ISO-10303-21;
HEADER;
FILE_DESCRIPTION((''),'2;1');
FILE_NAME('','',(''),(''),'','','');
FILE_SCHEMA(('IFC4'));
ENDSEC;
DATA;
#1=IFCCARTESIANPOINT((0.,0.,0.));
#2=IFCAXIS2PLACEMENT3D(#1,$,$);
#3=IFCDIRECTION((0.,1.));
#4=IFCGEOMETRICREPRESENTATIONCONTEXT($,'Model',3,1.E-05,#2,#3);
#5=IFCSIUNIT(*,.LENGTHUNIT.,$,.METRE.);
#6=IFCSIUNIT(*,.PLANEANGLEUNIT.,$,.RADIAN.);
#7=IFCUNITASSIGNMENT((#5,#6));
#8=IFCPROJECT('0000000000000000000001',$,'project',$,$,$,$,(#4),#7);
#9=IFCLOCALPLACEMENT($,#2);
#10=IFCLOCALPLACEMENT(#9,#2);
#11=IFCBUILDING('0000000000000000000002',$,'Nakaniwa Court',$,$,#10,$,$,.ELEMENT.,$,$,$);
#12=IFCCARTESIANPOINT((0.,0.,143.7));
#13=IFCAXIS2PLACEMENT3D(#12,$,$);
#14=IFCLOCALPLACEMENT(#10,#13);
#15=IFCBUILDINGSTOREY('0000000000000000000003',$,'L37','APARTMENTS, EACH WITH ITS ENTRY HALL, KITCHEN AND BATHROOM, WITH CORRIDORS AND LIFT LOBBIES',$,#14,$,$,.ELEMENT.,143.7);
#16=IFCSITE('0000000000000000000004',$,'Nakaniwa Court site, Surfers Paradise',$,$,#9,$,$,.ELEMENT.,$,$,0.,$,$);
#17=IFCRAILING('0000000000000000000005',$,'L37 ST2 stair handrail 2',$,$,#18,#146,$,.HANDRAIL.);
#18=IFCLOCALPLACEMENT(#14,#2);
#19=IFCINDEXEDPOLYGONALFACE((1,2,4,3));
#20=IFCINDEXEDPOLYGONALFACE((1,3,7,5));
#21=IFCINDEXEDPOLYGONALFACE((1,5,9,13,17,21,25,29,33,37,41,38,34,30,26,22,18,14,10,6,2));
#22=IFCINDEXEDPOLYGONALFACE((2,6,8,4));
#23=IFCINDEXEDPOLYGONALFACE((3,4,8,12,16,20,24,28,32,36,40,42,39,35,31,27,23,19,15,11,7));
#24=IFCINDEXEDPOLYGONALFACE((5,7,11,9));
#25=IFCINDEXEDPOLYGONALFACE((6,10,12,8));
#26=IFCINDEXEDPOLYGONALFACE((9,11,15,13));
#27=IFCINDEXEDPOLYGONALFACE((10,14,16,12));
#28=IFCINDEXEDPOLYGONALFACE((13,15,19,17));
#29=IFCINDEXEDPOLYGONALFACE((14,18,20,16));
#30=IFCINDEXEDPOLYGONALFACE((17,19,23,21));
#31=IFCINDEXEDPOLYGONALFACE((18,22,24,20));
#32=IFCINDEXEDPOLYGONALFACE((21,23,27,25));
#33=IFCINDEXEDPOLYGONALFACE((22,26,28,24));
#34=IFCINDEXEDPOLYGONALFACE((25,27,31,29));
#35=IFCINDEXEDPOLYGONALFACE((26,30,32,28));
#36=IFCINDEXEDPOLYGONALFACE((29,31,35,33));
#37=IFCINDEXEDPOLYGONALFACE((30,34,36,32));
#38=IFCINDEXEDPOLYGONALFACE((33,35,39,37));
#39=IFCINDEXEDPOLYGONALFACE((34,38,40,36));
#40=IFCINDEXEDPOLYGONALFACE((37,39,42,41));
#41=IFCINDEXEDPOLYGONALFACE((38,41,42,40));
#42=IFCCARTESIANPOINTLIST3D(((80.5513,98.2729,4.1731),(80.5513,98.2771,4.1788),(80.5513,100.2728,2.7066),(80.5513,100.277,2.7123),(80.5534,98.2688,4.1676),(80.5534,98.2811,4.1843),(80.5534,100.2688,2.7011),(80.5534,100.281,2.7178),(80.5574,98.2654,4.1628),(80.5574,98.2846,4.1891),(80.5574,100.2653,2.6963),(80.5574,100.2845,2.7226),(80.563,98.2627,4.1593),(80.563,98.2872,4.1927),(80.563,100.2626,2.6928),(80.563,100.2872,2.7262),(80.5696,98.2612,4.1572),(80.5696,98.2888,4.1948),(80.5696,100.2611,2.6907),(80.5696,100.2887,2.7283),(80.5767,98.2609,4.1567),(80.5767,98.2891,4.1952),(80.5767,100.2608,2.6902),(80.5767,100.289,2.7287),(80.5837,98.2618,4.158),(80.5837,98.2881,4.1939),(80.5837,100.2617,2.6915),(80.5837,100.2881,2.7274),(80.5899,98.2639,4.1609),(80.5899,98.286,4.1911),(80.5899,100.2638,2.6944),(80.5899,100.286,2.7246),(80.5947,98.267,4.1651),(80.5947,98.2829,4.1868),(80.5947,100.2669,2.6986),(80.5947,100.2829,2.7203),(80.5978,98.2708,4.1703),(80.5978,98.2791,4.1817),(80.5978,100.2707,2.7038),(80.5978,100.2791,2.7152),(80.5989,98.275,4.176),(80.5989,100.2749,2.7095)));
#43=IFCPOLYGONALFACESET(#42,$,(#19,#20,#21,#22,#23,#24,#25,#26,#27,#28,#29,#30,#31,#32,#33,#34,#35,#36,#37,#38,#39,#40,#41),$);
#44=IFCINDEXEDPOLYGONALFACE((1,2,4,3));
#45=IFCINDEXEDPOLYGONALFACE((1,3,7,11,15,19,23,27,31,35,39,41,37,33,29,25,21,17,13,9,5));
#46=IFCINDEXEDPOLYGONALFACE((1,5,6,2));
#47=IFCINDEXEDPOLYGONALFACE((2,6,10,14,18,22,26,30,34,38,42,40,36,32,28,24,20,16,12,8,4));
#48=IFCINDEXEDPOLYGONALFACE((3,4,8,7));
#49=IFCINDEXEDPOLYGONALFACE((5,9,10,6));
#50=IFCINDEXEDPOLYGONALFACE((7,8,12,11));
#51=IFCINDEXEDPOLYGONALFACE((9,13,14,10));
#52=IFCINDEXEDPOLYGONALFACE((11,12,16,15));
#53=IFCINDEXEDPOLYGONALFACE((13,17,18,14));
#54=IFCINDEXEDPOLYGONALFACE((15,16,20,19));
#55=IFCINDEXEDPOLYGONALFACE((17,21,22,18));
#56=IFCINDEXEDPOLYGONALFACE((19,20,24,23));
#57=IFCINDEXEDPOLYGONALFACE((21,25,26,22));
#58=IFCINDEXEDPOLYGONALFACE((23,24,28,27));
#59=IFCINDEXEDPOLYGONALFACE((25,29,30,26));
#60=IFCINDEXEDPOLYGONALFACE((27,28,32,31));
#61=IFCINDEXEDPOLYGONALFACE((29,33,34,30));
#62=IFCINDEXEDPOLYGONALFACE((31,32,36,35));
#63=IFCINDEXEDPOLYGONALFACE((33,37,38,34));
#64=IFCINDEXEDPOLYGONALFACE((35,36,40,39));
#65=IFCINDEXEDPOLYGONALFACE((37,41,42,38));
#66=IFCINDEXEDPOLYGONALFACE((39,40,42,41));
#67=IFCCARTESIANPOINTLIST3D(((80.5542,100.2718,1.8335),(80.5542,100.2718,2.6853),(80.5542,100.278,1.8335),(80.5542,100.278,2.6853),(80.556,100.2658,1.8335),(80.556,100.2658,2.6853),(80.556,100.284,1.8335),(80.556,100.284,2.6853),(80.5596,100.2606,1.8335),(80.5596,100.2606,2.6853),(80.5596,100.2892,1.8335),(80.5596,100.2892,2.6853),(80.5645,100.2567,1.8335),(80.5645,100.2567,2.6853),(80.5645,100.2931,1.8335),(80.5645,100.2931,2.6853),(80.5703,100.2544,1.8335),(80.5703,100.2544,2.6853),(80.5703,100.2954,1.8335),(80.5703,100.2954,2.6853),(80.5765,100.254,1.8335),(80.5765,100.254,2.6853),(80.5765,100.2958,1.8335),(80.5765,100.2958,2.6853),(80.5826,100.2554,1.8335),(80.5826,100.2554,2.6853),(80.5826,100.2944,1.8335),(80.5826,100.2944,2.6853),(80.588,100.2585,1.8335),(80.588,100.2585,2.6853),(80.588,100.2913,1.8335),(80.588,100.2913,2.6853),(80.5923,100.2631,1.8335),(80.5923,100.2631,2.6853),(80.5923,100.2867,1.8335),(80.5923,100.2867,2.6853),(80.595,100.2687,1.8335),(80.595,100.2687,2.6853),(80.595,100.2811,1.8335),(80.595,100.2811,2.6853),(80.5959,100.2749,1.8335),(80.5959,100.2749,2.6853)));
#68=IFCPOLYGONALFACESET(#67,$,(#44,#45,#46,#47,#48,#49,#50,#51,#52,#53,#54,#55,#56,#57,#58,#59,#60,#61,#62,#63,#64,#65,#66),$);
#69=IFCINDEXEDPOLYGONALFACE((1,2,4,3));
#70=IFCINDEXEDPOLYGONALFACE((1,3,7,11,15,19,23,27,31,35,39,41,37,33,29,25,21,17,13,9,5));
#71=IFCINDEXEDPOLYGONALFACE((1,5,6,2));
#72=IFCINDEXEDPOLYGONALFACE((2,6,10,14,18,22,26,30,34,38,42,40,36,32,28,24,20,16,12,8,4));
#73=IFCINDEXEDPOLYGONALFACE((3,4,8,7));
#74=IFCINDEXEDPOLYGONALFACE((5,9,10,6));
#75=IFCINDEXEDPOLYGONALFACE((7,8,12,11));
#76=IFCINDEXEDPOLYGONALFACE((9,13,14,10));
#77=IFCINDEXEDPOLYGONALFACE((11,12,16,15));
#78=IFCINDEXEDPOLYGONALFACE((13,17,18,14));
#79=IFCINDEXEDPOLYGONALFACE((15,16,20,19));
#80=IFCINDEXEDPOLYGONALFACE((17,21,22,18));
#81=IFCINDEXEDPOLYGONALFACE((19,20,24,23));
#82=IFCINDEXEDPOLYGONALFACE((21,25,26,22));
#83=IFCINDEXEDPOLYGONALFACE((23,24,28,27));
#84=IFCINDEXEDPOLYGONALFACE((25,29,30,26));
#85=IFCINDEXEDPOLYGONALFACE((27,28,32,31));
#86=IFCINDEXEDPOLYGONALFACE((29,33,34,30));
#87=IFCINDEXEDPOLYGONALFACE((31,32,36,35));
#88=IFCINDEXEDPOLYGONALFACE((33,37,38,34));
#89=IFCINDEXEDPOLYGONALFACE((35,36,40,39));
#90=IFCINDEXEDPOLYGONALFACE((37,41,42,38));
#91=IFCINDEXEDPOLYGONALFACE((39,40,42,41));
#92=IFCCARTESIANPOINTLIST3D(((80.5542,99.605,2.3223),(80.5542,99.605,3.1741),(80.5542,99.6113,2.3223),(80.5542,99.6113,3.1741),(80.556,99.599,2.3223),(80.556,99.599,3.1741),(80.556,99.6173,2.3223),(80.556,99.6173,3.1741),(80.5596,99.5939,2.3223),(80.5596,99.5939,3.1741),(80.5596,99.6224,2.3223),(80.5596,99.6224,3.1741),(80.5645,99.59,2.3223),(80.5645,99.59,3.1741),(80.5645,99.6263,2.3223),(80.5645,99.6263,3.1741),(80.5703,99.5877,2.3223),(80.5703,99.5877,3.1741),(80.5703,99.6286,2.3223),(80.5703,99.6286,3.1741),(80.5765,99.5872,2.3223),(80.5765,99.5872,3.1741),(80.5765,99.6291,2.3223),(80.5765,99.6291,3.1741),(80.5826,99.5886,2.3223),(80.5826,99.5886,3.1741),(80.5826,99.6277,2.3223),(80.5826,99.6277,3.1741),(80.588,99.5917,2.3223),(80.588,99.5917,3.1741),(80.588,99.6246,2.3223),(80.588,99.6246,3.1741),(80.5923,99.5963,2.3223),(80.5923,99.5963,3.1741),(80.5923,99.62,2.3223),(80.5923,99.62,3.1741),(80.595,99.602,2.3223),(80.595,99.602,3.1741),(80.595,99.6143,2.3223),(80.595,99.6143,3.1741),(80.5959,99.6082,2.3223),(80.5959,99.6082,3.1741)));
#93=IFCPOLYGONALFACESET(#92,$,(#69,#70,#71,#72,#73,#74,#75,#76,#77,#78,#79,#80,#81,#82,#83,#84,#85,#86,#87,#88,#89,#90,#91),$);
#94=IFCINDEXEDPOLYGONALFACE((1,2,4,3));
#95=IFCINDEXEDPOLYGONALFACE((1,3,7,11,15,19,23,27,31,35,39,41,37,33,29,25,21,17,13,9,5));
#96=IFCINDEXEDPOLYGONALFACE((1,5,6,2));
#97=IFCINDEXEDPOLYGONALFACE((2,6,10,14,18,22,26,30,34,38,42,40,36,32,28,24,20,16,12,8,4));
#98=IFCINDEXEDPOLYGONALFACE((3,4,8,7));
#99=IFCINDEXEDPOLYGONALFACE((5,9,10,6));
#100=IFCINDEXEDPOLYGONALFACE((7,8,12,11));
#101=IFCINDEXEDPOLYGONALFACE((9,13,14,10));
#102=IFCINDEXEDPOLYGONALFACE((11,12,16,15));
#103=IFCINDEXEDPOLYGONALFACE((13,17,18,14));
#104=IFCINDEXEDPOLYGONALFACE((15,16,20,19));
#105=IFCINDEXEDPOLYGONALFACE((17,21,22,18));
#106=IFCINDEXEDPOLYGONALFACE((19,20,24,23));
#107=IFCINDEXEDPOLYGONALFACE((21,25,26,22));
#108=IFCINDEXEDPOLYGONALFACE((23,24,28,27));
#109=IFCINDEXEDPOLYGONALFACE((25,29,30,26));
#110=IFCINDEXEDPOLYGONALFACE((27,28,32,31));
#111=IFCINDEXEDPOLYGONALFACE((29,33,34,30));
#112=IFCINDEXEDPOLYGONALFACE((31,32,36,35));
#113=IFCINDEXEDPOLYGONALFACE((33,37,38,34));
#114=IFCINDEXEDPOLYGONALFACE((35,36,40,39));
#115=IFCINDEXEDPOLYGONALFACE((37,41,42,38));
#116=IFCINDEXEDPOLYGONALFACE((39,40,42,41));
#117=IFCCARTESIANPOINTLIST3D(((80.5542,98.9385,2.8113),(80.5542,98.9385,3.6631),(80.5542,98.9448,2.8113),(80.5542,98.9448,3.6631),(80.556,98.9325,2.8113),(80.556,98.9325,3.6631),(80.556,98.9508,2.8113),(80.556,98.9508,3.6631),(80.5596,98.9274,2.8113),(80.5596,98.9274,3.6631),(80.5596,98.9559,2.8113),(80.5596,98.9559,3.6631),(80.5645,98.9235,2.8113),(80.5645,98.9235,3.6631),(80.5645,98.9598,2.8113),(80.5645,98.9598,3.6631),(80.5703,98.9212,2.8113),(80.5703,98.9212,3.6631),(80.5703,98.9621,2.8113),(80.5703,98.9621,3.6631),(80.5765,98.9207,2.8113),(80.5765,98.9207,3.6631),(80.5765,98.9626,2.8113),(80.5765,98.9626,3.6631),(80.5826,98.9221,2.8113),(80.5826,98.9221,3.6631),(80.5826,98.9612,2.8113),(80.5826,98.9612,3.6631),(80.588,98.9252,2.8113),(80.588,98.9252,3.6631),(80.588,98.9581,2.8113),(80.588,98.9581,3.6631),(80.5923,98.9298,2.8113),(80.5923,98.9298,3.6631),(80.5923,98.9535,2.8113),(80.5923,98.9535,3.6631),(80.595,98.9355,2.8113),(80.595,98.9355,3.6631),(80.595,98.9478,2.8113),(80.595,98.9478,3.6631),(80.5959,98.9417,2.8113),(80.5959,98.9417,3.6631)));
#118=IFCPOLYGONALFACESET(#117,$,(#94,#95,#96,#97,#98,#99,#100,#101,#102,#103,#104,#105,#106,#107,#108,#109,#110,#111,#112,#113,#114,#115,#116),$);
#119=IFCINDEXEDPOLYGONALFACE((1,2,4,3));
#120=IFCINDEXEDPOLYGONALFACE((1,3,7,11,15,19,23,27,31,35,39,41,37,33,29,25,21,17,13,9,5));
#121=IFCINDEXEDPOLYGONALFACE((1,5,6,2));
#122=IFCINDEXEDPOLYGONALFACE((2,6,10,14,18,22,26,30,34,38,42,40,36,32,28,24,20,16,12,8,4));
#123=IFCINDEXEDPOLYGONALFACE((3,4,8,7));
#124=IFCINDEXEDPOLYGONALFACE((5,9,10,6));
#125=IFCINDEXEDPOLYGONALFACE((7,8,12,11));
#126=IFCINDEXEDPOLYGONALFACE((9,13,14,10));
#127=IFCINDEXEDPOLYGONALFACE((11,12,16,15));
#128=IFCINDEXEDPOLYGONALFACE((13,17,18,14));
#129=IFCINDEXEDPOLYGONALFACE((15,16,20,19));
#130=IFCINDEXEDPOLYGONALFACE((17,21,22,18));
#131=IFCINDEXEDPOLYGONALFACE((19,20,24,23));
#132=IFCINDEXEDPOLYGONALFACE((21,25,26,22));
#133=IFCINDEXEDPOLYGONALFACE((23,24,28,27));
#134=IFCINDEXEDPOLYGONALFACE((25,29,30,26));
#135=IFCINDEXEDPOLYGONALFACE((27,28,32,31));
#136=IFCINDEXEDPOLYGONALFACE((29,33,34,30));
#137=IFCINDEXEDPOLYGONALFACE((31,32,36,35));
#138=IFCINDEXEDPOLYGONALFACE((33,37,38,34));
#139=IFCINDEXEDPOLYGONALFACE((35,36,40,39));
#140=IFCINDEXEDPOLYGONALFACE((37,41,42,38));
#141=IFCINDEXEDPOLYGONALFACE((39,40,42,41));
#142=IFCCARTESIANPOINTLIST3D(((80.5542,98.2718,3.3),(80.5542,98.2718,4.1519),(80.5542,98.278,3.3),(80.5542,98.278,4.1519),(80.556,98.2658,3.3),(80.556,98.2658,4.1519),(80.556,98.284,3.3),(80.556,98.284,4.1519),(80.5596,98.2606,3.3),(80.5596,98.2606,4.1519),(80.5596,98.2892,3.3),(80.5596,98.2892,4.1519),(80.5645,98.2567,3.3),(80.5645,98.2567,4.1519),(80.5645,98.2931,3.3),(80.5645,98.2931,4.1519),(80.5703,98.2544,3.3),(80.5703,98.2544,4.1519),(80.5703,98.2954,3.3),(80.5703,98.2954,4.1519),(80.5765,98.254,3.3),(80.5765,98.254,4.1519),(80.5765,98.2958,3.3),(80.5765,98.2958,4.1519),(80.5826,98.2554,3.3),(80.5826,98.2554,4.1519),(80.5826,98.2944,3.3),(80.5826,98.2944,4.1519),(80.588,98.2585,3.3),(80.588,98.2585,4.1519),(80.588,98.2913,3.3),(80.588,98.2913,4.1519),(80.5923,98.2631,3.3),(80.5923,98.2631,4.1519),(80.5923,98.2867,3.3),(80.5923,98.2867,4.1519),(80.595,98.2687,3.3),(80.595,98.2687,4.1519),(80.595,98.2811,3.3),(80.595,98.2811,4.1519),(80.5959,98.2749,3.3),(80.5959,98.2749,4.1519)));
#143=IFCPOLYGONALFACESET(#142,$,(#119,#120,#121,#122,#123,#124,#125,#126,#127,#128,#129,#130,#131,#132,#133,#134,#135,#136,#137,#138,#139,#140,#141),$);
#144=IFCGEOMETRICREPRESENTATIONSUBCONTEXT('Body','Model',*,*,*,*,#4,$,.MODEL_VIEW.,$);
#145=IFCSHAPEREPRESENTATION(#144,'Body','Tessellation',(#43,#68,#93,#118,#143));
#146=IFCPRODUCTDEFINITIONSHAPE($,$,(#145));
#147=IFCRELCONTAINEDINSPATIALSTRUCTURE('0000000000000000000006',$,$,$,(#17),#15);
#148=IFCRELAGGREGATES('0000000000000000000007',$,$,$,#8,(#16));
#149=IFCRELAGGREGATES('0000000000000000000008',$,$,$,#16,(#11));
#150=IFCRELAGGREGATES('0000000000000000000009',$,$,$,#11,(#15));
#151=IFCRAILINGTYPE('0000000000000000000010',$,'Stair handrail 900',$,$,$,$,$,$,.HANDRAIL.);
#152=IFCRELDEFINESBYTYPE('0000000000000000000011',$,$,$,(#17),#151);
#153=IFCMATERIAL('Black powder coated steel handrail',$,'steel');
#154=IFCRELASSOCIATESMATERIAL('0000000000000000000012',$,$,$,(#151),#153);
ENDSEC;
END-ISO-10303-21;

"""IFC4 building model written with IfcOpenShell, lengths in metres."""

from ifc_helpers import new_model, si_unit, direction, frame, origin, origin_2d, place, context, subcontext, project, spatial, circle, extrude, material, type_object, element, save


model = new_model("IFC4")

# Units and contexts
model_context = context("Model", 3, precision=1e-05, world=origin(), true_north=direction((0.0, 1.0)))
body_context = subcontext(model_context, "Body", "Model", "MODEL_VIEW")
ifc_project = project(units=[si_unit("LENGTHUNIT", "METRE"), si_unit("PLANEANGLEUNIT", "RADIAN")], contexts=[model_context])

# Site, building, storey
site_placement = place(None, origin())
site = spatial("IfcSite", under=ifc_project, at=site_placement, Name="Nakaniwa Court site, Surfers Paradise", CompositionType="ELEMENT", RefElevation=0.0)
building_placement = place(site_placement, origin())
building = spatial("IfcBuilding", under=site, at=building_placement, Name="Nakaniwa Court", CompositionType="ELEMENT")
storey_placement = place(building_placement, frame((0.0, 0.0, 143.7)))
storey = spatial("IfcBuildingStorey", under=building, at=storey_placement, Name="L37", Description="APARTMENTS, EACH WITH ITS ENTRY HALL, KITCHEN AND BATHROOM, WITH CORRIDORS AND LIFT LOBBIES", CompositionType="ELEMENT", Elevation=143.7)

# Railing
ifc_material_1 = material(Name="Black powder coated steel handrail", Category="steel")
railing_type_1 = type_object("IfcRailingType", Name="Stair handrail 900", PredefinedType="HANDRAIL", material=ifc_material_1)
railing_1_placement = place(storey_placement, frame((80.575, 100.2749, 1.8335)))
element("IfcRailing", 1, at=railing_1_placement, inside=storey, type_object=railing_type_1, Name="L37 ST2 stair handrail 2", PredefinedType="HANDRAIL", context=body_context, shape_type="SweptSolid", body=[
    extrude(circle(Radius=0.0239, at=origin_2d()), frame((0.0, 0.0, 0.876), z_axis=(0.0, -0.806427, 0.591334), x_axis=(1.0, 0.0, 0.0)), (0.0, 0.0, 1.0), 2.48),
    extrude(circle(Radius=0.021, at=origin_2d()), origin(), (0.0, 0.0, 1.0), 0.8518),
    extrude(circle(Radius=0.021, at=origin_2d()), frame((0.0, -0.6667, 0.4888)), (0.0, 0.0, 1.0), 0.8518),
    extrude(circle(Radius=0.021, at=origin_2d()), frame((0.0, -1.3333, 0.9778)), (0.0, 0.0, 1.0), 0.8518),
    extrude(circle(Radius=0.021, at=origin_2d()), frame((0.0, -2.0, 1.4666)), (0.0, 0.0, 1.0), 0.8518),
])

save(model, "model.ifc")
